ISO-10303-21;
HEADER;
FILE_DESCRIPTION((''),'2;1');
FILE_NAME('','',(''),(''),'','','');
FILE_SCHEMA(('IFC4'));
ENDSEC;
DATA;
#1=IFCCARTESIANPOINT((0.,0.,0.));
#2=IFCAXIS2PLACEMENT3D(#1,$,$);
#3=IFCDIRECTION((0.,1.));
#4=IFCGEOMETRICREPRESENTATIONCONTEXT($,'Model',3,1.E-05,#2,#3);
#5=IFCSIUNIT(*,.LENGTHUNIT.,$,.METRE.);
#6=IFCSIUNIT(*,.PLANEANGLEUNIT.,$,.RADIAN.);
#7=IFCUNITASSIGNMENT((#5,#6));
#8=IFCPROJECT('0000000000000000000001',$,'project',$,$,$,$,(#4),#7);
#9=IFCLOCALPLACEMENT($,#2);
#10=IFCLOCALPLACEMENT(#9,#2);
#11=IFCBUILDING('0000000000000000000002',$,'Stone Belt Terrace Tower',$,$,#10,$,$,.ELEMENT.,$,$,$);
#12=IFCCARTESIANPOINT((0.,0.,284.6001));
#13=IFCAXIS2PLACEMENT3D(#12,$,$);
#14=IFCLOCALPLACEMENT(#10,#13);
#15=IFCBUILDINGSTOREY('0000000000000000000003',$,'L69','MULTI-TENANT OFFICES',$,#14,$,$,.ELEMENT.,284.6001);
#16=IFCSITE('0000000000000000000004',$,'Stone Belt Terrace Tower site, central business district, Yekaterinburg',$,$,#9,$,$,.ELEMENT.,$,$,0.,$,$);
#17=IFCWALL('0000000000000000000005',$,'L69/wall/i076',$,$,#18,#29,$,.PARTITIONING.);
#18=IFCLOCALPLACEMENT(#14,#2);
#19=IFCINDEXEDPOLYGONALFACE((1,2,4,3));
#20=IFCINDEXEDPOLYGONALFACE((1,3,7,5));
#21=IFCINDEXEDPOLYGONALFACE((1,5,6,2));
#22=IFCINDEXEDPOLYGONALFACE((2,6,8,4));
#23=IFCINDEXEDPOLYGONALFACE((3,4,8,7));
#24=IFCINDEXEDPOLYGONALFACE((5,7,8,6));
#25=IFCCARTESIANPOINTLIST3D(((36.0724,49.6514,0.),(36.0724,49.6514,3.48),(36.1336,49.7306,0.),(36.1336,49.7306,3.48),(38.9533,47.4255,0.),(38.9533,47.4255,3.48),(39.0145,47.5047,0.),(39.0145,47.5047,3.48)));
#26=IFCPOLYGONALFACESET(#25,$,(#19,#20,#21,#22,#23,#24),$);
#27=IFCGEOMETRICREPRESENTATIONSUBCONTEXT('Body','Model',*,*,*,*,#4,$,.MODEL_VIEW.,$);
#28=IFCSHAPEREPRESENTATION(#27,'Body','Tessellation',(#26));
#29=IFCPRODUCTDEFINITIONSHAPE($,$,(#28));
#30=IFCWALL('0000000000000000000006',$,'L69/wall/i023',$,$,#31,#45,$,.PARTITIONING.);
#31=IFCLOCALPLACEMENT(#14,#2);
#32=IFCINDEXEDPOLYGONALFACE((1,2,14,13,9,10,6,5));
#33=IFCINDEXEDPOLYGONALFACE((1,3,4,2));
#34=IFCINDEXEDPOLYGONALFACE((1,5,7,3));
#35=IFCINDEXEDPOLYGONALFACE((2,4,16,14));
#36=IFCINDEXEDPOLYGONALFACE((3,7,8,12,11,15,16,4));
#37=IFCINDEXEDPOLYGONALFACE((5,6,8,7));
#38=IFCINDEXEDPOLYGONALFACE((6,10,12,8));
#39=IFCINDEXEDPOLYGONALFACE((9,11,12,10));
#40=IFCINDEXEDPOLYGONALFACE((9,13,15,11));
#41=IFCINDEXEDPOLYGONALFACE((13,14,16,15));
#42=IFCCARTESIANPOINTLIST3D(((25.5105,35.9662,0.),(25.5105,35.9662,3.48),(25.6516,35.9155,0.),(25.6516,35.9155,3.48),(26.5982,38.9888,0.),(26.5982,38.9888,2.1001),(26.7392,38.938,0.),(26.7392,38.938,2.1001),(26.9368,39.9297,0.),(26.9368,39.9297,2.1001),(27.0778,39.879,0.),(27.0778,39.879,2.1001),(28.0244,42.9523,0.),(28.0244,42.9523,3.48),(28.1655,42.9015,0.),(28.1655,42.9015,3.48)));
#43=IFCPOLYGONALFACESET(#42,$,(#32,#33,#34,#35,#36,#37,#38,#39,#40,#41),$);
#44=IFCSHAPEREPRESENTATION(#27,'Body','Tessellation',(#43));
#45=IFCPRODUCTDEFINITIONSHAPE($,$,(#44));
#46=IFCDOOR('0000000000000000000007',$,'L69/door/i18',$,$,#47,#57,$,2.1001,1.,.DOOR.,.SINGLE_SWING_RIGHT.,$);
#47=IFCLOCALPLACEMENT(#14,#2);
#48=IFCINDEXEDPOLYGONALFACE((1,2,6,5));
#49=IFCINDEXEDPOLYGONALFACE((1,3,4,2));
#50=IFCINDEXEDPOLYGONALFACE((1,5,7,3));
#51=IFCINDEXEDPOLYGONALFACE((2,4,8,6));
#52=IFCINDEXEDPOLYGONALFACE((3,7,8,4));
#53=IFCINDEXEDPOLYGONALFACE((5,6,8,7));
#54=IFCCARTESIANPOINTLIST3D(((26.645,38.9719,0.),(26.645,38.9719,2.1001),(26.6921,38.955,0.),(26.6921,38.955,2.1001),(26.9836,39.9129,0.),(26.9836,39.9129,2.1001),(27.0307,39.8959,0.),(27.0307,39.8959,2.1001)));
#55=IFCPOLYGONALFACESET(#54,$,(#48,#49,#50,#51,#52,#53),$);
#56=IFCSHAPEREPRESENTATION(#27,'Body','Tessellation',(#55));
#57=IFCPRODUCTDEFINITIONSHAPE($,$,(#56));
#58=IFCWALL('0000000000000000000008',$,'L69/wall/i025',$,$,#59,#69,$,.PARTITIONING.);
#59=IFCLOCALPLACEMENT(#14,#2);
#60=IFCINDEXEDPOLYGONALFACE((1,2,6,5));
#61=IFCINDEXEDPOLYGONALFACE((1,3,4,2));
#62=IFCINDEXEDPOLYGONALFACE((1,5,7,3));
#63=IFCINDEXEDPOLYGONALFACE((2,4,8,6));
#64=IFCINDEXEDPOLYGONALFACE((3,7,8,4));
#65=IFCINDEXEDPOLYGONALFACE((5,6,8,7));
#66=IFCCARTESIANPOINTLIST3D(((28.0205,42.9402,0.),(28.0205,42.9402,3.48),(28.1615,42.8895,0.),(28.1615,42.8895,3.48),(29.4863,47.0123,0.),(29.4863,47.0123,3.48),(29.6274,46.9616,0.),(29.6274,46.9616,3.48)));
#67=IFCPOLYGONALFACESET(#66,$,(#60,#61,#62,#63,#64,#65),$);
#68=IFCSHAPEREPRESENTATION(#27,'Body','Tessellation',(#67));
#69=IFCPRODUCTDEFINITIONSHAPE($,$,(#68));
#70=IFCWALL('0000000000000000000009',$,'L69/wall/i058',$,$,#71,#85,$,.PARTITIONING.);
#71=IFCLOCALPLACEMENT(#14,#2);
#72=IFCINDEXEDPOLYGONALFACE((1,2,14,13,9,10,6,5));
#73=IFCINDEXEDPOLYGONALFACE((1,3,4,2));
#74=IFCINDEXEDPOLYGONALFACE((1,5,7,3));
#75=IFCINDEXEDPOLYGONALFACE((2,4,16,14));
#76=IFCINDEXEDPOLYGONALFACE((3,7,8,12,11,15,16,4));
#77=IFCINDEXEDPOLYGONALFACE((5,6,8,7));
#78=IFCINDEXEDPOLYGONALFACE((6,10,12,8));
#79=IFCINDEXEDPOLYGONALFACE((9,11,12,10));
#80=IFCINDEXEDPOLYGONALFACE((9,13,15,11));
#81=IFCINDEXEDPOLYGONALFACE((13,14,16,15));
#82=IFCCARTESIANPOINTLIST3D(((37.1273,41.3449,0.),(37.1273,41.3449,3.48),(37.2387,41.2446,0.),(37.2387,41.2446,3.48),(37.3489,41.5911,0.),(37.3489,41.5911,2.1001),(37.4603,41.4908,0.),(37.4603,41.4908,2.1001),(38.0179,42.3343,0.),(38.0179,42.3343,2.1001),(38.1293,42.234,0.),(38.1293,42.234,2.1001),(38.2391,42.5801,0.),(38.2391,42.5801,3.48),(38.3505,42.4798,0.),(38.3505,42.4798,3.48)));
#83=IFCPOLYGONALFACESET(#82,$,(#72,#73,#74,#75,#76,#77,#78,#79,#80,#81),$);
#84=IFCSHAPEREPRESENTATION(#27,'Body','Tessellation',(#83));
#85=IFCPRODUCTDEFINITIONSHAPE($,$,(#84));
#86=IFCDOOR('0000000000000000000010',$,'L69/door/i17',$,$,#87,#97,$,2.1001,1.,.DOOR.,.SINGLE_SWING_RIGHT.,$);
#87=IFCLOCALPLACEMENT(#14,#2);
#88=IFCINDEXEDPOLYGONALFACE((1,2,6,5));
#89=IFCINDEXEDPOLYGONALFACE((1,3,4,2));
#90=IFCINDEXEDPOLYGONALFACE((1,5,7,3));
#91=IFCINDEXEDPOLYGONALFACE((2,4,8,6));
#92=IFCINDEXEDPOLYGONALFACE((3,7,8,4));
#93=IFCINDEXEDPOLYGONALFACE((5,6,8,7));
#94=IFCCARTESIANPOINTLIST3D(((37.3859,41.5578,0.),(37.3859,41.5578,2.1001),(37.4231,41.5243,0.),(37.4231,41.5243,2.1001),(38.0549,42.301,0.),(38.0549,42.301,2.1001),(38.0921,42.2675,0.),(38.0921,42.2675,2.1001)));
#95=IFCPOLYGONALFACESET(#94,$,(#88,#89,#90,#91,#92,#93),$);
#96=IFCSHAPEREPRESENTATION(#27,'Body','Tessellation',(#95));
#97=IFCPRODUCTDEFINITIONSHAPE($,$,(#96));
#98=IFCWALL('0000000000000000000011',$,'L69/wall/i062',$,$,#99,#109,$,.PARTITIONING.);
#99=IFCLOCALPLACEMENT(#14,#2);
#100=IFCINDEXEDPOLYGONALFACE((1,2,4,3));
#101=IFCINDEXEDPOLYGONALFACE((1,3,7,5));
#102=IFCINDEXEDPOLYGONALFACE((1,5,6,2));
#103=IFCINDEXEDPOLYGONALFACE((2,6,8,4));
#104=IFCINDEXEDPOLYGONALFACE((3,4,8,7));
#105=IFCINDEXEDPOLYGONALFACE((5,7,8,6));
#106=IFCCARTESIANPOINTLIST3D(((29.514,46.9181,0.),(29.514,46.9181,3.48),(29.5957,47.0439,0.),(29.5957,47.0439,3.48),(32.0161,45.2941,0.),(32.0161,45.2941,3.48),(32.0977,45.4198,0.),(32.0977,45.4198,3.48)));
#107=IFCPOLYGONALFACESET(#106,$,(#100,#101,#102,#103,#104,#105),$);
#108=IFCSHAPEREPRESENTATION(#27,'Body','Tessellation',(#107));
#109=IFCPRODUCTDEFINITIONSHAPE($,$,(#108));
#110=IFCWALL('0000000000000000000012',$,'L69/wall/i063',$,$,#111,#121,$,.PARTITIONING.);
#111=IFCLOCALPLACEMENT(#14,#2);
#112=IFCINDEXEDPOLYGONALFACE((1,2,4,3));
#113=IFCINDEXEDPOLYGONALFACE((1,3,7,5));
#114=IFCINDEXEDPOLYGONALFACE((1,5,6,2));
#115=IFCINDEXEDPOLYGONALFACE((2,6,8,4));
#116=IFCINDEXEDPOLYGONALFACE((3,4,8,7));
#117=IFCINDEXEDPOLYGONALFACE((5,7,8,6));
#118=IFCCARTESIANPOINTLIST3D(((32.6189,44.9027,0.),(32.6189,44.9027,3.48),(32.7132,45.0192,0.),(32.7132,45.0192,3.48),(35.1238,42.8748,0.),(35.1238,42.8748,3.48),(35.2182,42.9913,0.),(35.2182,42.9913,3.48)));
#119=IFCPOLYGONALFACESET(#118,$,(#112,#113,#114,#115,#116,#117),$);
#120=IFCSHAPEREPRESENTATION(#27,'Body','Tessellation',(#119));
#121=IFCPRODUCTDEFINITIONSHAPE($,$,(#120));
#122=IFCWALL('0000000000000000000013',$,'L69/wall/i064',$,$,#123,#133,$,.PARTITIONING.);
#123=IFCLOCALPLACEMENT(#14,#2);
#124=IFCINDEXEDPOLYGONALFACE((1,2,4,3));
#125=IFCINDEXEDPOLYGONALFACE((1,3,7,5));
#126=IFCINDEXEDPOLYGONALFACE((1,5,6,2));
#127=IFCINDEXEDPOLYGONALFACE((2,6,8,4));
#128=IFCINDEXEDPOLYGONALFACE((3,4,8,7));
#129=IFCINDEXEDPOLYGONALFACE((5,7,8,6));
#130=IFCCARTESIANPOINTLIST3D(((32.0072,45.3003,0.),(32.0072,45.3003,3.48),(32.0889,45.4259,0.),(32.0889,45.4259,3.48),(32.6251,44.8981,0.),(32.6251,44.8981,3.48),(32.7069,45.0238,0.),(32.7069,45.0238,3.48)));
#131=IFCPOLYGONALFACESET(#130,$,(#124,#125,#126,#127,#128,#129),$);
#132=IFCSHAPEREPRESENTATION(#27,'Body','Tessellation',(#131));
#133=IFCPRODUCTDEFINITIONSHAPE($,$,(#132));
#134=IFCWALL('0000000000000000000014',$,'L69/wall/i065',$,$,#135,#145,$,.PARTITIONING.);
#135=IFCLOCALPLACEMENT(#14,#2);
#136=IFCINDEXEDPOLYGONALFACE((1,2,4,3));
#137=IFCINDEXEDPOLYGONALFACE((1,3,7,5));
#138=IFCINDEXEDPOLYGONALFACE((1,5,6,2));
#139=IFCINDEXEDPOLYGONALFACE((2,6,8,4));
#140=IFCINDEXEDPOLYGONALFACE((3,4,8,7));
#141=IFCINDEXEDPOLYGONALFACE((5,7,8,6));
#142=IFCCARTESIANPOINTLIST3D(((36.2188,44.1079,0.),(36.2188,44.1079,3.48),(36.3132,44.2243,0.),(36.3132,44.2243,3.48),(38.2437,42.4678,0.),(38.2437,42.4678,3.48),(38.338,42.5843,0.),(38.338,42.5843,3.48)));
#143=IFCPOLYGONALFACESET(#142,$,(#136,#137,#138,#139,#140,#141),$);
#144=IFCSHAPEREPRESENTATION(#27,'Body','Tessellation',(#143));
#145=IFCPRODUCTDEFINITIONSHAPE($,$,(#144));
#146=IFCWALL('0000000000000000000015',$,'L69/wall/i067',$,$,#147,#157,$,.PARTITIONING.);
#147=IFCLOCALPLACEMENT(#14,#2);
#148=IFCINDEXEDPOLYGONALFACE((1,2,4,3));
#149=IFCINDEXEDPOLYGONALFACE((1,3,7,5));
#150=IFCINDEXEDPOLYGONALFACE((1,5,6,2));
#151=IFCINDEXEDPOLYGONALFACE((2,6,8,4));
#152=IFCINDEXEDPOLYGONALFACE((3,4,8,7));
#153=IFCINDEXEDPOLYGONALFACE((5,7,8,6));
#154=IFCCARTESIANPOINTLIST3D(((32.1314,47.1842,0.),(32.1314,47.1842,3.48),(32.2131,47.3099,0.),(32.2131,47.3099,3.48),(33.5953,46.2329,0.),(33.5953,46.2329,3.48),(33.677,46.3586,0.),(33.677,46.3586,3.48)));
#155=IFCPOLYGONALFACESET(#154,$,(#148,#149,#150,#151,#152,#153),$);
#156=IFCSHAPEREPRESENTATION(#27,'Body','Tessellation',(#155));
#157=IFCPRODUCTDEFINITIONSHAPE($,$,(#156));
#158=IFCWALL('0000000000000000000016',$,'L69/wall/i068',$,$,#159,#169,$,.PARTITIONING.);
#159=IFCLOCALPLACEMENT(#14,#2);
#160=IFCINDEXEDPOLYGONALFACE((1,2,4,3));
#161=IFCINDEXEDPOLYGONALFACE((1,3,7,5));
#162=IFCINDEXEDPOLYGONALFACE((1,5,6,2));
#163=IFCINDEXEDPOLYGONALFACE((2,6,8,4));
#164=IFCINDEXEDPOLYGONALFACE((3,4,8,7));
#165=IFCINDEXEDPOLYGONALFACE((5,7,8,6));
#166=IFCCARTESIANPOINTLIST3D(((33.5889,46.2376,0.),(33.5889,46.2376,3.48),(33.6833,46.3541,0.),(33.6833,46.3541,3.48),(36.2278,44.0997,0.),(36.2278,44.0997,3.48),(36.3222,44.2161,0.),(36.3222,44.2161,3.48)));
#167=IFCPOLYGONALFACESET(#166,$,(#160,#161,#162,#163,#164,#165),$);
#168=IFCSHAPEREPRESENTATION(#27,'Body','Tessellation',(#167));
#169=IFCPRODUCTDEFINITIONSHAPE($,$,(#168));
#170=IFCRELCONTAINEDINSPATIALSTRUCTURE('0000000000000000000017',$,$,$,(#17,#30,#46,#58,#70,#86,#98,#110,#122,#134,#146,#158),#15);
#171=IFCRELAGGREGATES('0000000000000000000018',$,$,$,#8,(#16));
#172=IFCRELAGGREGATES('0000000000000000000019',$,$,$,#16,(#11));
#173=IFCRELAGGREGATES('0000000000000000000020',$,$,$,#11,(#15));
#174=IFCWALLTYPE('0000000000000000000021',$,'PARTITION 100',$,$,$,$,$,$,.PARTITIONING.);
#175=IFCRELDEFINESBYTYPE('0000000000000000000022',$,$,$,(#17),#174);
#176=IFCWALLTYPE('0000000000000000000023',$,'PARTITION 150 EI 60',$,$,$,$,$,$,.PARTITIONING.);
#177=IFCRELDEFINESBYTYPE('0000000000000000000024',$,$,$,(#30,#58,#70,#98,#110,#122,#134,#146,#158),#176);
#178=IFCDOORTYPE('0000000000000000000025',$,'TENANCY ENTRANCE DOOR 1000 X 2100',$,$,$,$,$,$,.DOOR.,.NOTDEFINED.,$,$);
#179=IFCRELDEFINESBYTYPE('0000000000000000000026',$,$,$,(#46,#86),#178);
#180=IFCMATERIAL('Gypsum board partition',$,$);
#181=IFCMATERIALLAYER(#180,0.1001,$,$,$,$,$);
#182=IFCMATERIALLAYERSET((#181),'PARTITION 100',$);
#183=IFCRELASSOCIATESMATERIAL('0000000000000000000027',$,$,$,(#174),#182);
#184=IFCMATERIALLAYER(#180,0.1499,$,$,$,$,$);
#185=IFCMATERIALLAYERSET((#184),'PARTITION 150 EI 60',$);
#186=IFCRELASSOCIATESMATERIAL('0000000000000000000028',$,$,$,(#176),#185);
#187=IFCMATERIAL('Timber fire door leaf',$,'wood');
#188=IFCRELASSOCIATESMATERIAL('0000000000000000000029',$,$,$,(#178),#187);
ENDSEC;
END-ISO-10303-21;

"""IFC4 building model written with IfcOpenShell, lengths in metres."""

from ifc_helpers import new_model, si_unit, direction, frame, frame_2d, origin, place, context, subcontext, project, spatial, rectangle, extrude, material, layer, layer_set, type_object, element, fill, save


model = new_model("IFC4")

# Units and contexts
model_context = context("Model", 3, precision=1e-05, world=origin(), true_north=direction((0.0, 1.0)))
body_context = subcontext(model_context, "Body", "Model", "MODEL_VIEW")
ifc_project = project(units=[si_unit("LENGTHUNIT", "METRE"), si_unit("PLANEANGLEUNIT", "RADIAN")], contexts=[model_context])

# Site, building, storey
site_placement = place(None, origin())
site = spatial("IfcSite", under=ifc_project, at=site_placement, Name="Stone Belt Terrace Tower site, central business district, Yekaterinburg", CompositionType="ELEMENT", RefElevation=0.0)
building_placement = place(site_placement, origin())
building = spatial("IfcBuilding", under=site, at=building_placement, Name="Stone Belt Terrace Tower", CompositionType="ELEMENT")
storey_placement = place(building_placement, frame((0.0, 0.0, 284.6001)))
storey = spatial("IfcBuildingStorey", under=building, at=storey_placement, Name="L69", Description="MULTI-TENANT OFFICES", CompositionType="ELEMENT", Elevation=284.6001)

# Shared definitions
ifc_material_1 = material(Name="Gypsum board partition")
ifc_layer_1 = layer(ifc_material_1, 0.1001)
ifc_layer_set_1 = layer_set([ifc_layer_1], Name="PARTITION 100")
wall_type_1 = type_object("IfcWallType", Name="PARTITION 100", PredefinedType="PARTITIONING", material=ifc_layer_set_1)

# Wall
wall_1_placement = place(storey_placement, frame((38.9839, 47.4651, 0.0), z_axis=(0.0, 0.0, 1.0), x_axis=(-0.791323, 0.611398, 0.0)))
element("IfcWall", 1, at=wall_1_placement, inside=storey, type_object=wall_type_1, Name="L69/wall/i076", PredefinedType="PARTITIONING", context=body_context, shape_type="SweptSolid", body=[
    extrude(rectangle(XDim=3.6406, YDim=0.1001, at=frame_2d((1.8203, 0.0))), origin(), (0.0, 0.0, 1.0), 3.48),
])

# Wall, opening, door
ifc_layer_2 = layer(ifc_material_1, 0.1499)
ifc_layer_set_2 = layer_set([ifc_layer_2], Name="PARTITION 150 EI 60")
wall_type_2 = type_object("IfcWallType", Name="PARTITION 150 EI 60", PredefinedType="PARTITIONING", material=ifc_layer_set_2)
wall_2_placement = place(storey_placement, frame((28.095, 42.927, 0.0), z_axis=(0.0, 0.0, 1.0), x_axis=(-0.338591, -0.940934, 0.0)))
wall_2 = element("IfcWall", 2, at=wall_2_placement, inside=storey, type_object=wall_type_2, Name="L69/wall/i023", PredefinedType="PARTITIONING", context=body_context, shape_type="SweptSolid", body=[
    extrude(rectangle(XDim=7.4246, YDim=0.1499, at=frame_2d((3.7124, 0.0))), origin(), (0.0, 0.0, 1.0), 3.48),
])
opening_1_placement = place(wall_2_placement, frame((3.2124, 0.0, 0.0)))
opening_1 = element("IfcOpeningElement", 3, at=opening_1_placement, cuts=wall_2, PredefinedType="OPENING", context=body_context, shape_type="SweptSolid", body=[
    extrude(rectangle(XDim=1.0, YDim=2.1001, at=frame_2d((0.5, 1.05))), frame((0.0, 0.085, 0.0), z_axis=(0.0, -1.0, 0.0), x_axis=(1.0, 0.0, 0.0)), (0.0, 0.0, 1.0), 0.1699),
])
ifc_material_2 = material(Name="Timber fire door leaf", Category="wood")
door_type_1 = type_object("IfcDoorType", Name="TENANCY ENTRANCE DOOR 1000 X 2100", OperationType="NOTDEFINED", PredefinedType="DOOR", material=ifc_material_2)
door_1_placement = place(opening_1_placement, origin())
door_1 = element("IfcDoor", 4, at=door_1_placement, inside=storey, type_object=door_type_1, Name="L69/door/i18", OperationType="SINGLE_SWING_RIGHT", OverallHeight=2.1001, OverallWidth=1.0, PredefinedType="DOOR", context=body_context, shape_type="SweptSolid", body=[
    extrude(rectangle(XDim=1.0, YDim=2.1001, at=frame_2d((0.5, 1.05))), frame((0.0, 0.0249, 0.0), z_axis=(0.0, -1.0, 0.0), x_axis=(1.0, 0.0, 0.0)), (0.0, 0.0, 1.0), 0.05),
])
fill(opening_1, door_1)

# Wall
wall_3_placement = place(storey_placement, frame((29.5569, 46.9871, 0.0), z_axis=(0.0, 0.0, 1.0), x_axis=(-0.338697, -0.940895, 0.0)))
element("IfcWall", 5, at=wall_3_placement, inside=storey, type_object=wall_type_2, Name="L69/wall/i025", PredefinedType="PARTITIONING", context=body_context, shape_type="SweptSolid", body=[
    extrude(rectangle(XDim=4.3279, YDim=0.1499, at=frame_2d((2.1641, 0.0))), origin(), (0.0, 0.0, 1.0), 3.48),
])

# Wall, opening, door
wall_4_placement = place(storey_placement, frame((38.2949, 42.53, 0.0), z_axis=(0.0, 0.0, 1.0), x_axis=(-0.669038, -0.743228, 0.0)))
wall_4 = element("IfcWall", 6, at=wall_4_placement, inside=storey, type_object=wall_type_2, Name="L69/wall/i058", PredefinedType="PARTITIONING", context=body_context, shape_type="SweptSolid", body=[
    extrude(rectangle(XDim=1.6619, YDim=0.1499, at=frame_2d((0.8311, 0.0))), origin(), (0.0, 0.0, 1.0), 3.48),
])
opening_2_placement = place(wall_4_placement, frame((0.3308, 0.0, 0.0)))
opening_2 = element("IfcOpeningElement", 7, at=opening_2_placement, cuts=wall_4, PredefinedType="OPENING", context=body_context, shape_type="SweptSolid", body=[
    extrude(rectangle(XDim=1.0, YDim=2.1001, at=frame_2d((0.5, 1.05))), frame((0.0, 0.085, 0.0), z_axis=(0.0, -1.0, 0.0), x_axis=(1.0, 0.0, 0.0)), (0.0, 0.0, 1.0), 0.1699),
])
door_2_placement = place(opening_2_placement, origin())
door_2 = element("IfcDoor", 8, at=door_2_placement, inside=storey, type_object=door_type_1, Name="L69/door/i17", OperationType="SINGLE_SWING_RIGHT", OverallHeight=2.1001, OverallWidth=1.0, PredefinedType="DOOR", context=body_context, shape_type="SweptSolid", body=[
    extrude(rectangle(XDim=1.0, YDim=2.1001, at=frame_2d((0.5, 1.05))), frame((0.0, 0.0249, 0.0), z_axis=(0.0, -1.0, 0.0), x_axis=(1.0, 0.0, 0.0)), (0.0, 0.0, 1.0), 0.05),
])
fill(opening_2, door_2)

# Walls
wall_5_placement = place(storey_placement, frame((32.0569, 45.3569, 0.0), z_axis=(0.0, 0.0, 1.0), x_axis=(-0.838788, 0.544459, 0.0)))
element("IfcWall", 9, at=wall_5_placement, inside=storey, type_object=wall_type_2, Name="L69/wall/i062", PredefinedType="PARTITIONING", context=body_context, shape_type="SweptSolid", body=[
    extrude(rectangle(XDim=2.9829, YDim=0.1499, at=frame_2d((1.4915, 0.0))), origin(), (0.0, 0.0, 1.0), 3.48),
])
wall_6_placement = place(storey_placement, frame((35.1709, 42.9331, 0.0), z_axis=(0.0, 0.0, 1.0), x_axis=(-0.777234, 0.629211, 0.0)))
element("IfcWall", 10, at=wall_6_placement, inside=storey, type_object=wall_type_2, Name="L69/wall/i063", PredefinedType="PARTITIONING", context=body_context, shape_type="SweptSolid", body=[
    extrude(rectangle(XDim=3.2229, YDim=0.1499, at=frame_2d((1.6113, 0.0))), origin(), (0.0, 0.0, 1.0), 3.48),
])
wall_7_placement = place(storey_placement, frame((32.666, 44.9609, 0.0), z_axis=(0.0, 0.0, 1.0), x_axis=(-0.838164, 0.545419, 0.0)))
element("IfcWall", 11, at=wall_7_placement, inside=storey, type_object=wall_type_2, Name="L69/wall/i064", PredefinedType="PARTITIONING", context=body_context, shape_type="SweptSolid", body=[
    extrude(rectangle(XDim=0.7373, YDim=0.1499, at=frame_2d((0.3687, 0.0))), origin(), (0.0, 0.0, 1.0), 3.48),
])
wall_8_placement = place(storey_placement, frame((36.2661, 44.166, 0.0), z_axis=(0.0, 0.0, 1.0), x_axis=(0.77707, -0.629414, 0.0)))
element("IfcWall", 12, at=wall_8_placement, inside=storey, type_object=wall_type_2, Name="L69/wall/i065", PredefinedType="PARTITIONING", context=body_context, shape_type="SweptSolid", body=[
    extrude(rectangle(XDim=2.6057, YDim=0.1499, at=frame_2d((1.3027, 0.0))), origin(), (0.0, 0.0, 1.0), 3.48),
])
wall_9_placement = place(storey_placement, frame((32.1721, 47.2471, 0.0), z_axis=(0.0, 0.0, 1.0), x_axis=(0.838533, -0.544851, 0.0)))
element("IfcWall", 13, at=wall_9_placement, inside=storey, type_object=wall_type_2, Name="L69/wall/i067", PredefinedType="PARTITIONING", context=body_context, shape_type="SweptSolid", body=[
    extrude(rectangle(XDim=1.7458, YDim=0.1499, at=frame_2d((0.873, 0.0))), origin(), (0.0, 0.0, 1.0), 3.48),
])
wall_10_placement = place(storey_placement, frame((33.636, 46.2959, 0.0), z_axis=(0.0, 0.0, 1.0), x_axis=(0.777004, -0.629496, 0.0)))
element("IfcWall", 14, at=wall_10_placement, inside=storey, type_object=wall_type_2, Name="L69/wall/i068", PredefinedType="PARTITIONING", context=body_context, shape_type="SweptSolid", body=[
    extrude(rectangle(XDim=3.3962, YDim=0.1499, at=frame_2d((1.6982, 0.0))), origin(), (0.0, 0.0, 1.0), 3.48),
])

save(model, "model.ifc")
